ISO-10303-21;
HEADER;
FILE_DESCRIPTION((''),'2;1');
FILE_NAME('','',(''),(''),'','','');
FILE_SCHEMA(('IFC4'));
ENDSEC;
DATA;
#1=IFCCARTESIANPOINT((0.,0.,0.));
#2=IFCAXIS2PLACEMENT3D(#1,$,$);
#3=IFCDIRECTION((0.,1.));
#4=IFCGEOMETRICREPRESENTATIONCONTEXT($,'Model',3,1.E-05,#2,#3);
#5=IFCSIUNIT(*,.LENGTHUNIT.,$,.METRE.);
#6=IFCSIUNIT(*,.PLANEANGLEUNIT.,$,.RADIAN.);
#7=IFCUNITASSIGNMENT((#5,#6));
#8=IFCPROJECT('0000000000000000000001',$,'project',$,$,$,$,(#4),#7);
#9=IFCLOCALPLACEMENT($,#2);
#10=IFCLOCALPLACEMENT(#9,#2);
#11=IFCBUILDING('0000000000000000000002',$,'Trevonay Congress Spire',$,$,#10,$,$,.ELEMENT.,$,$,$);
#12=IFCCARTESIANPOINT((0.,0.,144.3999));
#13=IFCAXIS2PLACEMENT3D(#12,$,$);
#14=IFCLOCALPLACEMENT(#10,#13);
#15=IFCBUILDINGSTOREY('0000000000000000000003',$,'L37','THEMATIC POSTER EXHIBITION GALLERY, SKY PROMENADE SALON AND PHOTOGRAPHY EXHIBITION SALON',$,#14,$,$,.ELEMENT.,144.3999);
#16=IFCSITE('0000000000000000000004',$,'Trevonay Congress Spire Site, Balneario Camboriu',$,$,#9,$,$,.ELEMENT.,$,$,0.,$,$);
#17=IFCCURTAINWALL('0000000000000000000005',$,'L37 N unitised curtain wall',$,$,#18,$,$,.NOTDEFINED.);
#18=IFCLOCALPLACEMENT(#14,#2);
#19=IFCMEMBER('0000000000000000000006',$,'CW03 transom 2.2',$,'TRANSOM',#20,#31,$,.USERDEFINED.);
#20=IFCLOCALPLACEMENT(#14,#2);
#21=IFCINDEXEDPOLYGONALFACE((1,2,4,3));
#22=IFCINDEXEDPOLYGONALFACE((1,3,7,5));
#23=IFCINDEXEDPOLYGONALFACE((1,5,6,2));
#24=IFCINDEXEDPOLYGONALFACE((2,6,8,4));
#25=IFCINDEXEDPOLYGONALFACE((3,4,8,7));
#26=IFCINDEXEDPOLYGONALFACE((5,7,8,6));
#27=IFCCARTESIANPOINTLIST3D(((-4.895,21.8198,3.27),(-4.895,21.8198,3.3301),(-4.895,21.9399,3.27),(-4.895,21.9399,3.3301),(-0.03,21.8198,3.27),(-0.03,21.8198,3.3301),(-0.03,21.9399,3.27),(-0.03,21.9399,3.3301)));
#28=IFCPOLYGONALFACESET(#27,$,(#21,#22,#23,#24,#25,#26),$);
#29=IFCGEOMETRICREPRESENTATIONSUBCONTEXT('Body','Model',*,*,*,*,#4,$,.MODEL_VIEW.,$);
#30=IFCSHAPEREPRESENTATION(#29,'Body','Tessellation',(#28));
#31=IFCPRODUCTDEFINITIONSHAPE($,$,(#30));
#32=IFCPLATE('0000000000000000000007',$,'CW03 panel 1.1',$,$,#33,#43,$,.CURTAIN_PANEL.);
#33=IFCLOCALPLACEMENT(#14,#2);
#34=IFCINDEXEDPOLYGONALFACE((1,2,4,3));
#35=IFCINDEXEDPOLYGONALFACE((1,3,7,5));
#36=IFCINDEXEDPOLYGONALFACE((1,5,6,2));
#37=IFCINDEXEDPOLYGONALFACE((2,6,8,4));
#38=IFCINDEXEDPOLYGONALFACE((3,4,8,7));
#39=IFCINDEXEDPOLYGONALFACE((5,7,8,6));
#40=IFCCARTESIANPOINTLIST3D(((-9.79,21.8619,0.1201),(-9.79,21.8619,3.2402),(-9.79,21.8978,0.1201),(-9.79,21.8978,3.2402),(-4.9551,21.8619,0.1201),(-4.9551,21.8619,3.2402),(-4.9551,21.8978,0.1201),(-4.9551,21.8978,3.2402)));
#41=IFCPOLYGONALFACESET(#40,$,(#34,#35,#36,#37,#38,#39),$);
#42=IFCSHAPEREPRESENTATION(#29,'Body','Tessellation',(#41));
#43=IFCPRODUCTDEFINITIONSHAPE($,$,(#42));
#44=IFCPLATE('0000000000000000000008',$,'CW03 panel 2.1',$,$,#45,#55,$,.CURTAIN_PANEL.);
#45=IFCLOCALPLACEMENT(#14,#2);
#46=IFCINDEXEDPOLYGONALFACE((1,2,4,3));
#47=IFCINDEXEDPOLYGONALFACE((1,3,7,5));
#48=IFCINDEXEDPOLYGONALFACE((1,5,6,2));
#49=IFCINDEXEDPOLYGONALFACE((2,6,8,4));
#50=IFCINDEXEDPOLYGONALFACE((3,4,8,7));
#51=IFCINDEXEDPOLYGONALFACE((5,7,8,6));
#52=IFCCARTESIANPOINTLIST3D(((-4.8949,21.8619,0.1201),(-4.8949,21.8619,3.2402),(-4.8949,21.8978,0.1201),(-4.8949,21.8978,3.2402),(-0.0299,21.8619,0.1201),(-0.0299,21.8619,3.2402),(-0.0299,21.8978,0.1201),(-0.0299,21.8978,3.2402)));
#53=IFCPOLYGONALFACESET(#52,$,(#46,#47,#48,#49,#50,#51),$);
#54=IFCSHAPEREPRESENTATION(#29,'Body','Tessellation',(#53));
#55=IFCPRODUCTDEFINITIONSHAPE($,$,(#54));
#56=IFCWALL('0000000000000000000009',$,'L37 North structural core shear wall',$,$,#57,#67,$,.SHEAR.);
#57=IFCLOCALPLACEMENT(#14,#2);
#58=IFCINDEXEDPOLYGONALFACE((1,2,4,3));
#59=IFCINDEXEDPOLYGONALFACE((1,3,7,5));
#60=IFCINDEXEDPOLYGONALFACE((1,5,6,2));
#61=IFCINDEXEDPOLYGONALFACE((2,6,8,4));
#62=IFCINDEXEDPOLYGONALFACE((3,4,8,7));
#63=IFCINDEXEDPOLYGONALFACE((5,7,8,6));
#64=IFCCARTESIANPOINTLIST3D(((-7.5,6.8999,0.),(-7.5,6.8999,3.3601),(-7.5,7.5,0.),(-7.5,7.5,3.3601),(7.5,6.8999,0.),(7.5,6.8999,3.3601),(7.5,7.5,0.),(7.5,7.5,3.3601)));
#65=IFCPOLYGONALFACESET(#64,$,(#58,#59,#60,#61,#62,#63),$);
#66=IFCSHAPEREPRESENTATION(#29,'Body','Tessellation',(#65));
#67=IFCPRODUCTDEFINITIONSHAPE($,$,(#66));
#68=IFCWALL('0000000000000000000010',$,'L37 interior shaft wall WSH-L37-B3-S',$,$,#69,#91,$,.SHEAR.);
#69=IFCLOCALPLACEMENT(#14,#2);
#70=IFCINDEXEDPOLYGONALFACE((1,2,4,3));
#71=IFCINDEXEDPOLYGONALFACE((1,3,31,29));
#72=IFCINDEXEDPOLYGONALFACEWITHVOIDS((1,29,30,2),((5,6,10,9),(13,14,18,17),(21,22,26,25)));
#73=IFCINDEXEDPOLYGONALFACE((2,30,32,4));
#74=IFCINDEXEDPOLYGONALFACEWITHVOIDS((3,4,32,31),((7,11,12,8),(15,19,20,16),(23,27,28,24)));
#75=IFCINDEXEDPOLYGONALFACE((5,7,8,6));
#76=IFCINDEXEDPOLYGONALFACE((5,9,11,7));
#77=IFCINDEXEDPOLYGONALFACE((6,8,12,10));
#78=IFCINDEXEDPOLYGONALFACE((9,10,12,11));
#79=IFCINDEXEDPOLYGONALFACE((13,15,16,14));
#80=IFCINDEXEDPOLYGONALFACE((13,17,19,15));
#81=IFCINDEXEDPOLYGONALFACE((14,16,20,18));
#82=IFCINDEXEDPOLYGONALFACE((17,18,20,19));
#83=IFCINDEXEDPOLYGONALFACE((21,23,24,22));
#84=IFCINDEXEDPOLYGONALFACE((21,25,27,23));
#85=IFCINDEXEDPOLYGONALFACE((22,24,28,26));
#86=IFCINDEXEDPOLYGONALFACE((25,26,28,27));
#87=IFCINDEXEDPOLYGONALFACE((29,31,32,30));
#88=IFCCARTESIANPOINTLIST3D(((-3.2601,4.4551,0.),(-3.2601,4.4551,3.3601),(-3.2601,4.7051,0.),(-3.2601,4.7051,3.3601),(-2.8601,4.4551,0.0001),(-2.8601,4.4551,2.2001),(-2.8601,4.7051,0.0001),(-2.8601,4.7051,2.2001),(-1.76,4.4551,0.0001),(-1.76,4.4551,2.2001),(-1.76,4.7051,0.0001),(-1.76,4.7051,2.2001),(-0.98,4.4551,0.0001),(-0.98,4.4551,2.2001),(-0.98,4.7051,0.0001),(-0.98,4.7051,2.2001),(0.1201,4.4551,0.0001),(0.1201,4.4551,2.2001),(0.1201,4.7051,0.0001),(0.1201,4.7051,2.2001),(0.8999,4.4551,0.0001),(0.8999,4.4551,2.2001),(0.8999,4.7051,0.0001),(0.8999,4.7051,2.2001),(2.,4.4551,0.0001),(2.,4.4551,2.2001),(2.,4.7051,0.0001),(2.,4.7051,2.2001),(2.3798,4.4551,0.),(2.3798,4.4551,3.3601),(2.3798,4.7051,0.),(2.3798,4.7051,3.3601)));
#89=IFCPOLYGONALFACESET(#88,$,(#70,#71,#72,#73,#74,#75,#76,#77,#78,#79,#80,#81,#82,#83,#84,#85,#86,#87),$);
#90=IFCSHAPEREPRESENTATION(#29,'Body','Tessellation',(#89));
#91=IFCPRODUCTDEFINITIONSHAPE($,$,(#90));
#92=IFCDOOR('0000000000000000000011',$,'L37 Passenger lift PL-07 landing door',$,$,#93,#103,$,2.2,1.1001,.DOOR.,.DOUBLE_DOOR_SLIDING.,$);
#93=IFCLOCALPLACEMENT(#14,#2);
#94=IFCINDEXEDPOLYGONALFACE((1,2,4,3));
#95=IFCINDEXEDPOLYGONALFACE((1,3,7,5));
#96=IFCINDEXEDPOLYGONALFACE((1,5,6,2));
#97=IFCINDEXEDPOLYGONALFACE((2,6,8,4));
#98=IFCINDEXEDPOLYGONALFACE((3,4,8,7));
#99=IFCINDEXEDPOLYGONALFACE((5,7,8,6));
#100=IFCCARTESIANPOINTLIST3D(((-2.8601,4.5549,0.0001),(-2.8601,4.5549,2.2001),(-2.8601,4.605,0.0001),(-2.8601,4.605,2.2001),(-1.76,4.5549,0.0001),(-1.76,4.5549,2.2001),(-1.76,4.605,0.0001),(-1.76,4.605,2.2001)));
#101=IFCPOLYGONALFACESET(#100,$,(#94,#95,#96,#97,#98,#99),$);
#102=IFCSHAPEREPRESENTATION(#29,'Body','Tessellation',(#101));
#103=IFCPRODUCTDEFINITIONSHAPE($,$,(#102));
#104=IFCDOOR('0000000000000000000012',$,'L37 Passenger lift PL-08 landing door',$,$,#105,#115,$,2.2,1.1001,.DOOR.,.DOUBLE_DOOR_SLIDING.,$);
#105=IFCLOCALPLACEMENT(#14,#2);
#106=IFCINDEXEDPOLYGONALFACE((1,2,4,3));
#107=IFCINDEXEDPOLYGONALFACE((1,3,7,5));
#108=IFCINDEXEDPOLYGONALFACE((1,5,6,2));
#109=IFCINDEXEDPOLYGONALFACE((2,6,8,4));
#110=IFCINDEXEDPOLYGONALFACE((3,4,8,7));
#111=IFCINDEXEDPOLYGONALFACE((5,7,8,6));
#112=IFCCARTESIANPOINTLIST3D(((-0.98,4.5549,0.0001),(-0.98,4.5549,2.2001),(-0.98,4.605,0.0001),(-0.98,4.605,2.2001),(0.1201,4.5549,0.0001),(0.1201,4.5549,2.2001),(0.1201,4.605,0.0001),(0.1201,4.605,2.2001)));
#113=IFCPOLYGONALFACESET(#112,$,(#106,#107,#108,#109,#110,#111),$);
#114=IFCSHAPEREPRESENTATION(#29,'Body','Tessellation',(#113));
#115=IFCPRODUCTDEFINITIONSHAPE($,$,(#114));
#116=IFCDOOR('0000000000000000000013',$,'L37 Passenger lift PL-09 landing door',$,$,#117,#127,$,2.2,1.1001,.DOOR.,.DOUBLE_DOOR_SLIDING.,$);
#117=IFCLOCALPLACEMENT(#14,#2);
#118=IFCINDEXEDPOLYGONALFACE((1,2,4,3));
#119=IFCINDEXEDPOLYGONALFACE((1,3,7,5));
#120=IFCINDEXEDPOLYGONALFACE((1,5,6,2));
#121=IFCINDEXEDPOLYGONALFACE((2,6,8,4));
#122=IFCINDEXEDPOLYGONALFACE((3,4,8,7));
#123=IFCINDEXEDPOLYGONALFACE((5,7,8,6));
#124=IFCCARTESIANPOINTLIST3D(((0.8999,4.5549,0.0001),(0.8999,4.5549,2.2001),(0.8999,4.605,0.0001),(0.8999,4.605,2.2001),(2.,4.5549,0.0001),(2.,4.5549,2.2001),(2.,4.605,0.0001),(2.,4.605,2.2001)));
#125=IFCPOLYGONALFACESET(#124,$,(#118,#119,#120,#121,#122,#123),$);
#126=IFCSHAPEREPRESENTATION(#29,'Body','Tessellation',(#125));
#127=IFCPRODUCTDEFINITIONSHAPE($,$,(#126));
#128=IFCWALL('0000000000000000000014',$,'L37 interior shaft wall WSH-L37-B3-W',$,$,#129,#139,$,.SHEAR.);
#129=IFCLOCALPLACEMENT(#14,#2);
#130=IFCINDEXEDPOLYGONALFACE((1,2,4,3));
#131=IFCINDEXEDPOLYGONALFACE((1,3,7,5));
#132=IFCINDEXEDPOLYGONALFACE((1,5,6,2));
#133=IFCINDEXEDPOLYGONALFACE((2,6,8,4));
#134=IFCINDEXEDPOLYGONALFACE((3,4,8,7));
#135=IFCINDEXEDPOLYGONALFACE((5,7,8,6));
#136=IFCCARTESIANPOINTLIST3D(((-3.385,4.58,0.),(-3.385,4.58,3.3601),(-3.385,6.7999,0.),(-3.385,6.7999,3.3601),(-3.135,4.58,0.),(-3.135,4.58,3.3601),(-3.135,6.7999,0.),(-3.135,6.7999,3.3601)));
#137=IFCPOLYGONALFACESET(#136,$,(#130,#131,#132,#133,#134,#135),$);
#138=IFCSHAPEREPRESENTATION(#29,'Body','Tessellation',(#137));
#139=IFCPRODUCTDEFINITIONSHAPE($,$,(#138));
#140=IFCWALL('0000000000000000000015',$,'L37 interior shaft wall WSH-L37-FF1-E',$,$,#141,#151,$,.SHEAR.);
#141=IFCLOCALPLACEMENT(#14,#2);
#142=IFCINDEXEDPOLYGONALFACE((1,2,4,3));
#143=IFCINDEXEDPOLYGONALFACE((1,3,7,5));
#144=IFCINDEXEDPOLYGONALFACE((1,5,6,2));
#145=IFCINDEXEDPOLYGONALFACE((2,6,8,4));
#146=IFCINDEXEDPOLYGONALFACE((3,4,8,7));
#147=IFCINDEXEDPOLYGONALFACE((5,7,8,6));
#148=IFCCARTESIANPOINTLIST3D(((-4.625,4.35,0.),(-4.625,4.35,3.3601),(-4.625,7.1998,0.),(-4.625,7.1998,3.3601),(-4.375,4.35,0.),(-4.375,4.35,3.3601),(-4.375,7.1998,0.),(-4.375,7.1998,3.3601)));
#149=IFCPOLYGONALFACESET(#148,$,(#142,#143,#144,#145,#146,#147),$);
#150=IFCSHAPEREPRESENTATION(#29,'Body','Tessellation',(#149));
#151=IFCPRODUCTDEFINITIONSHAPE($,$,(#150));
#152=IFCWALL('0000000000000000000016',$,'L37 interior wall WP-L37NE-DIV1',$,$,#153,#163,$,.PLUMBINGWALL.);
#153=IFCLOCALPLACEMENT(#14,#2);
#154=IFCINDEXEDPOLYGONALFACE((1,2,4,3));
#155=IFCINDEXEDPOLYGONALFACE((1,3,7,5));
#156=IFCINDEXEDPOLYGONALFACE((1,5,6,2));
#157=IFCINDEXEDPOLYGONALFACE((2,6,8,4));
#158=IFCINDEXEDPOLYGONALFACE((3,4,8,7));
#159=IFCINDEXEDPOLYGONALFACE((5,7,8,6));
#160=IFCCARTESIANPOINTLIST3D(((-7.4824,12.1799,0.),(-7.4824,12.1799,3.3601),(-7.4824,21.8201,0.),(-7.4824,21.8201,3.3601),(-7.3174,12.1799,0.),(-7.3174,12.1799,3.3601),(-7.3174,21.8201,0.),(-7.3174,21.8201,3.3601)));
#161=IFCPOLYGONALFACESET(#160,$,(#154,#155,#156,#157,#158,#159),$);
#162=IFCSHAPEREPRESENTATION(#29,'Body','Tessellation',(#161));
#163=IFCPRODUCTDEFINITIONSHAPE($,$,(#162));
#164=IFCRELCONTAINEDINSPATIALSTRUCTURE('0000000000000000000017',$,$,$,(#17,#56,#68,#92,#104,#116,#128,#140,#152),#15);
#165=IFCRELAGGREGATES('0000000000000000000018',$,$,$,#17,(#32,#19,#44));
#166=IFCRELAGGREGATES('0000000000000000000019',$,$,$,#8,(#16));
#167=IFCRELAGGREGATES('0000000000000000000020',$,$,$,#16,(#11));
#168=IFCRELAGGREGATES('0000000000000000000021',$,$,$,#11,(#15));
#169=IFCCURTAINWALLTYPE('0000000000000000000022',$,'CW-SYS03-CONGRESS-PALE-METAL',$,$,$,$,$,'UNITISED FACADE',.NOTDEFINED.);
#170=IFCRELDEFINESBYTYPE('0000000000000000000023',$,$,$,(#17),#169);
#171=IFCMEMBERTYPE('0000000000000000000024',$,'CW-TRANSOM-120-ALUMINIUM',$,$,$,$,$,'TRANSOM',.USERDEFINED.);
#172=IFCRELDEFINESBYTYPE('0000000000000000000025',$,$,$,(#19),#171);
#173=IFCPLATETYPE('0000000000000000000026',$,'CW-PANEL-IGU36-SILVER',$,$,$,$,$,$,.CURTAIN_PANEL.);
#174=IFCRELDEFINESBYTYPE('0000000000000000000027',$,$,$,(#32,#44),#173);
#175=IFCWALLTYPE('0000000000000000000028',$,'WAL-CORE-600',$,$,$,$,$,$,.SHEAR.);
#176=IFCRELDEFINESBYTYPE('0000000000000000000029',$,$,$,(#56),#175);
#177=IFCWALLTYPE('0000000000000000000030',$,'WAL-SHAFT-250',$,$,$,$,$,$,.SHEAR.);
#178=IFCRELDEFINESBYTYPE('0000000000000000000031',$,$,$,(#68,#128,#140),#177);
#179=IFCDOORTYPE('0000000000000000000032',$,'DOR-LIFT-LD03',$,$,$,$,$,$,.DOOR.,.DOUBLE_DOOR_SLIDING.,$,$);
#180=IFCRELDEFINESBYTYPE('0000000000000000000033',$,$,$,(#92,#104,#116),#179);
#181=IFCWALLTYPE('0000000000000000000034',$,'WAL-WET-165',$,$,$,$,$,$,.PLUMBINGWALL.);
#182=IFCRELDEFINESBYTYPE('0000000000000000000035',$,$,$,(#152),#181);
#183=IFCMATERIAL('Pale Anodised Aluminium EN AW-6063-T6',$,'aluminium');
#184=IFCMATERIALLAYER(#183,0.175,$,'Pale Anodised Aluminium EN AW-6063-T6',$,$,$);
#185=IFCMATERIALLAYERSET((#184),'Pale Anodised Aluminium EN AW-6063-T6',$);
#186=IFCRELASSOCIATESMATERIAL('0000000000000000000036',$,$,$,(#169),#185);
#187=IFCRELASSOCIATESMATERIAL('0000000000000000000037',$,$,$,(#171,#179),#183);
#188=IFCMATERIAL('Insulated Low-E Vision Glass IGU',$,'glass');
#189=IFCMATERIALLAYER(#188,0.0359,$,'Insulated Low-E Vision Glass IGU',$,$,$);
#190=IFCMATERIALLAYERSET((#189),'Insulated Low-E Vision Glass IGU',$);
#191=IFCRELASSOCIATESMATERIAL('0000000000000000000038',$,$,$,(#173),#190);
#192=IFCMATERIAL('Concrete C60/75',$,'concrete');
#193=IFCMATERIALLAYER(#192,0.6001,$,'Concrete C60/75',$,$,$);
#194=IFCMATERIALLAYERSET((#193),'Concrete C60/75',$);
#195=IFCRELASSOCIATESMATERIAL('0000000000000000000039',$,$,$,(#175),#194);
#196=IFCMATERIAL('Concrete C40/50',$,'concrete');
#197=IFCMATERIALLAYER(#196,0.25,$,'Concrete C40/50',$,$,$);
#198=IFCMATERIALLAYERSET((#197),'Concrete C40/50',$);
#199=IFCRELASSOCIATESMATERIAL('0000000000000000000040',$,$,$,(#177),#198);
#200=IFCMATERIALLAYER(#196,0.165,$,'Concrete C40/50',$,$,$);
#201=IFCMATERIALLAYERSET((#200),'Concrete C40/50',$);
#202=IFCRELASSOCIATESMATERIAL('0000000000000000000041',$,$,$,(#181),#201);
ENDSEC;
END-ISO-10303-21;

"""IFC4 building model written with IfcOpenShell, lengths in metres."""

from ifc_helpers import new_model, si_unit, direction, frame, frame_2d, origin, origin_2d, place, context, subcontext, project, spatial, rectangle, extrude, material, layer, layer_set, material_profile, profile_set, type_object, element, fill, aggregate, save


model = new_model("IFC4")

# Units and contexts
model_context = context("Model", 3, precision=1e-05, world=origin(), true_north=direction((0.0, 1.0)))
body_context = subcontext(model_context, "Body", "Model", "MODEL_VIEW")
ifc_project = project(units=[si_unit("LENGTHUNIT", "METRE"), si_unit("PLANEANGLEUNIT", "RADIAN")], contexts=[model_context])

# Site, building, storey
site_placement = place(None, origin())
site = spatial("IfcSite", under=ifc_project, at=site_placement, Name="Trevonay Congress Spire Site, Balneario Camboriu", CompositionType="ELEMENT", RefElevation=0.0)
building_placement = place(site_placement, origin())
building = spatial("IfcBuilding", under=site, at=building_placement, Name="Trevonay Congress Spire", CompositionType="ELEMENT")
storey_placement = place(building_placement, frame((0.0, 0.0, 144.3999)))
storey = spatial("IfcBuildingStorey", under=building, at=storey_placement, Name="L37", Description="THEMATIC POSTER EXHIBITION GALLERY, SKY PROMENADE SALON AND PHOTOGRAPHY EXHIBITION SALON", CompositionType="ELEMENT", Elevation=144.3999)

# Curtain wall, member, plates
ifc_material_1 = material(Name="Pale Anodised Aluminium EN AW-6063-T6", Category="aluminium")
ifc_layer_1 = layer(ifc_material_1, 0.175, Name="Pale Anodised Aluminium EN AW-6063-T6")
ifc_layer_set_1 = layer_set([ifc_layer_1], Name="Pale Anodised Aluminium EN AW-6063-T6")
curtain_wall_type = type_object("IfcCurtainWallType", Name="CW-SYS03-CONGRESS-PALE-METAL", ElementType="UNITISED FACADE", PredefinedType="NOTDEFINED", material=ifc_layer_set_1)
curtain_wall_placement = place(storey_placement, origin())
curtain_wall = element("IfcCurtainWall", 1, at=curtain_wall_placement, inside=storey, type_object=curtain_wall_type, Name="L37 N unitised curtain wall", PredefinedType="NOTDEFINED")
ifc_material_profile_1 = material_profile(ifc_material_1, rectangle(XDim=0.1201, YDim=0.0601, at=origin_2d()), Name="CW-TRANSOM-120-ALUMINIUM")
ifc_profile_set_1 = profile_set([ifc_material_profile_1], Name="Pale Anodised Aluminium EN AW-6063-T6")
member_type_1 = type_object("IfcMemberType", Name="CW-TRANSOM-120-ALUMINIUM", ElementType="TRANSOM", PredefinedType="USERDEFINED", material=ifc_profile_set_1)
member_1_placement = place(storey_placement, frame((-4.895, 21.8799, 3.3), z_axis=(1.0, 0.0, 0.0), x_axis=(0.0, 1.0, 0.0)))
member_1 = element("IfcMember", 2, at=member_1_placement, type_object=member_type_1, Name="CW03 transom 2.2", ObjectType="TRANSOM", PredefinedType="USERDEFINED", context=body_context, shape_type="SweptSolid", body=[
    extrude(rectangle(XDim=0.1201, YDim=0.0601, at=origin_2d()), origin(), (0.0, 0.0, 1.0), 4.865),
])
ifc_material_2 = material(Name="Insulated Low-E Vision Glass IGU", Category="glass")
ifc_layer_2 = layer(ifc_material_2, 0.0359, Name="Insulated Low-E Vision Glass IGU")
ifc_layer_set_2 = layer_set([ifc_layer_2], Name="Insulated Low-E Vision Glass IGU")
plate_type = type_object("IfcPlateType", Name="CW-PANEL-IGU36-SILVER", PredefinedType="CURTAIN_PANEL", material=ifc_layer_set_2)
plate_1_placement = place(storey_placement, frame((-7.3726, 21.8799, 0.1201), z_axis=(0.0, 0.0, 1.0), x_axis=(1.0, 0.0, 0.0)))
plate_1 = element("IfcPlate", 3, at=plate_1_placement, type_object=plate_type, Name="CW03 panel 1.1", PredefinedType="CURTAIN_PANEL", context=body_context, shape_type="SweptSolid", body=[
    extrude(rectangle(XDim=4.835, YDim=0.0359, at=origin_2d()), origin(), (0.0, 0.0, 1.0), 3.1201),
])
plate_2_placement = place(storey_placement, frame((-2.4624, 21.8799, 0.1201), z_axis=(0.0, 0.0, 1.0), x_axis=(1.0, 0.0, 0.0)))
plate_2 = element("IfcPlate", 4, at=plate_2_placement, type_object=plate_type, Name="CW03 panel 2.1", PredefinedType="CURTAIN_PANEL", context=body_context, shape_type="SweptSolid", body=[
    extrude(rectangle(XDim=4.865, YDim=0.0359, at=origin_2d()), origin(), (0.0, 0.0, 1.0), 3.1201),
])
aggregate(curtain_wall, [plate_1, member_1, plate_2])

# Wall
ifc_material_3 = material(Name="Concrete C60/75", Category="concrete")
ifc_layer_3 = layer(ifc_material_3, 0.6001, Name="Concrete C60/75")
ifc_layer_set_3 = layer_set([ifc_layer_3], Name="Concrete C60/75")
wall_type_1 = type_object("IfcWallType", Name="WAL-CORE-600", PredefinedType="SHEAR", material=ifc_layer_set_3)
wall_1_placement = place(storey_placement, frame((-7.5, 7.2, 0.0), z_axis=(0.0, 0.0, 1.0), x_axis=(1.0, 0.0, 0.0)))
element("IfcWall", 5, at=wall_1_placement, inside=storey, type_object=wall_type_1, Name="L37 North structural core shear wall", PredefinedType="SHEAR", context=body_context, shape_type="SweptSolid", body=[
    extrude(rectangle(XDim=15.0, YDim=0.6001, at=frame_2d((7.5, 0.0))), origin(), (0.0, 0.0, 1.0), 3.3601),
])

# Wall, openings, doors
ifc_material_4 = material(Name="Concrete C40/50", Category="concrete")
ifc_layer_4 = layer(ifc_material_4, 0.25, Name="Concrete C40/50")
ifc_layer_set_4 = layer_set([ifc_layer_4], Name="Concrete C40/50")
wall_type_2 = type_object("IfcWallType", Name="WAL-SHAFT-250", PredefinedType="SHEAR", material=ifc_layer_set_4)
wall_2_placement = place(storey_placement, frame((-3.26, 4.5801, 0.0), z_axis=(0.0, 0.0, 1.0), x_axis=(1.0, 0.0, 0.0)))
wall_2 = element("IfcWall", 6, at=wall_2_placement, inside=storey, type_object=wall_type_2, Name="L37 interior shaft wall WSH-L37-B3-S", PredefinedType="SHEAR", context=body_context, shape_type="SweptSolid", body=[
    extrude(rectangle(XDim=5.6399, YDim=0.25, at=frame_2d((2.8198, 0.0))), origin(), (0.0, 0.0, 1.0), 3.3601),
])
opening_1_placement = place(wall_2_placement, frame((0.3999, 0.0, 0.0)))
opening_1 = element("IfcOpeningElement", 7, at=opening_1_placement, cuts=wall_2, PredefinedType="OPENING", context=body_context, shape_type="SweptSolid", body=[
    extrude(rectangle(XDim=1.1001, YDim=2.2, at=frame_2d((0.55, 1.1001))), frame((0.0, 0.135, 0.0), z_axis=(0.0, -1.0, 0.0), x_axis=(1.0, 0.0, 0.0)), (0.0, 0.0, 1.0), 0.27),
])
opening_2_placement = place(wall_2_placement, frame((2.28, 0.0, 0.0)))
opening_2 = element("IfcOpeningElement", 8, at=opening_2_placement, cuts=wall_2, PredefinedType="OPENING", context=body_context, shape_type="SweptSolid", body=[
    extrude(rectangle(XDim=1.1001, YDim=2.2, at=frame_2d((0.55, 1.1001))), frame((0.0, 0.135, 0.0), z_axis=(0.0, -1.0, 0.0), x_axis=(1.0, 0.0, 0.0)), (0.0, 0.0, 1.0), 0.27),
])
opening_3_placement = place(wall_2_placement, frame((4.1599, 0.0, 0.0)))
opening_3 = element("IfcOpeningElement", 9, at=opening_3_placement, cuts=wall_2, PredefinedType="OPENING", context=body_context, shape_type="SweptSolid", body=[
    extrude(rectangle(XDim=1.1001, YDim=2.2, at=frame_2d((0.55, 1.1001))), frame((0.0, 0.135, 0.0), z_axis=(0.0, -1.0, 0.0), x_axis=(1.0, 0.0, 0.0)), (0.0, 0.0, 1.0), 0.27),
])
door_type = type_object("IfcDoorType", Name="DOR-LIFT-LD03", OperationType="DOUBLE_DOOR_SLIDING", PredefinedType="DOOR", material=ifc_material_1)
door_1_placement = place(opening_1_placement, origin())
door_1 = element("IfcDoor", 10, at=door_1_placement, inside=storey, type_object=door_type, Name="L37 Passenger lift PL-07 landing door", OperationType="DOUBLE_DOOR_SLIDING", OverallHeight=2.2, OverallWidth=1.1001, PredefinedType="DOOR", context=body_context, shape_type="SweptSolid", body=[
    extrude(rectangle(XDim=1.1001, YDim=2.2, at=frame_2d((0.55, 1.1001))), frame((0.0, 0.0249, 0.0), z_axis=(0.0, -1.0, 0.0), x_axis=(1.0, 0.0, 0.0)), (0.0, 0.0, 1.0), 0.05),
])
fill(opening_1, door_1)
door_2_placement = place(opening_2_placement, origin())
door_2 = element("IfcDoor", 11, at=door_2_placement, inside=storey, type_object=door_type, Name="L37 Passenger lift PL-08 landing door", OperationType="DOUBLE_DOOR_SLIDING", OverallHeight=2.2, OverallWidth=1.1001, PredefinedType="DOOR", context=body_context, shape_type="SweptSolid", body=[
    extrude(rectangle(XDim=1.1001, YDim=2.2, at=frame_2d((0.55, 1.1001))), frame((0.0, 0.0249, 0.0), z_axis=(0.0, -1.0, 0.0), x_axis=(1.0, 0.0, 0.0)), (0.0, 0.0, 1.0), 0.05),
])
fill(opening_2, door_2)
door_3_placement = place(opening_3_placement, origin())
door_3 = element("IfcDoor", 12, at=door_3_placement, inside=storey, type_object=door_type, Name="L37 Passenger lift PL-09 landing door", OperationType="DOUBLE_DOOR_SLIDING", OverallHeight=2.2, OverallWidth=1.1001, PredefinedType="DOOR", context=body_context, shape_type="SweptSolid", body=[
    extrude(rectangle(XDim=1.1001, YDim=2.2, at=frame_2d((0.55, 1.1001))), frame((0.0, 0.0249, 0.0), z_axis=(0.0, -1.0, 0.0), x_axis=(1.0, 0.0, 0.0)), (0.0, 0.0, 1.0), 0.05),
])
fill(opening_3, door_3)

# Walls
wall_3_placement = place(storey_placement, frame((-3.26, 4.5801, 0.0), z_axis=(0.0, 0.0, 1.0), x_axis=(0.0, 1.0, 0.0)))
element("IfcWall", 13, at=wall_3_placement, inside=storey, type_object=wall_type_2, Name="L37 interior shaft wall WSH-L37-B3-W", PredefinedType="SHEAR", context=body_context, shape_type="SweptSolid", body=[
    extrude(rectangle(XDim=2.22, YDim=0.25, at=frame_2d((1.1099, 0.0))), origin(), (0.0, 0.0, 1.0), 3.3601),
])
wall_4_placement = place(storey_placement, frame((-4.5, 4.3501, 0.0), z_axis=(0.0, 0.0, 1.0), x_axis=(0.0, 1.0, 0.0)))
element("IfcWall", 14, at=wall_4_placement, inside=storey, type_object=wall_type_2, Name="L37 interior shaft wall WSH-L37-FF1-E", PredefinedType="SHEAR", context=body_context, shape_type="SweptSolid", body=[
    extrude(rectangle(XDim=2.8499, YDim=0.25, at=frame_2d((1.4248, 0.0))), origin(), (0.0, 0.0, 1.0), 3.3601),
])
ifc_layer_5 = layer(ifc_material_4, 0.165, Name="Concrete C40/50")
ifc_layer_set_5 = layer_set([ifc_layer_5], Name="Concrete C40/50")
wall_type_3 = type_object("IfcWallType", Name="WAL-WET-165", PredefinedType="PLUMBINGWALL", material=ifc_layer_set_5)
wall_5_placement = place(storey_placement, frame((-7.3999, 12.1799, 0.0), z_axis=(0.0, 0.0, 1.0), x_axis=(0.0, 1.0, 0.0)))
element("IfcWall", 15, at=wall_5_placement, inside=storey, type_object=wall_type_3, Name="L37 interior wall WP-L37NE-DIV1", PredefinedType="PLUMBINGWALL", context=body_context, shape_type="SweptSolid", body=[
    extrude(rectangle(XDim=9.6401, YDim=0.165, at=frame_2d((4.8201, 0.0))), origin(), (0.0, 0.0, 1.0), 3.3601),
])

save(model, "model.ifc")
